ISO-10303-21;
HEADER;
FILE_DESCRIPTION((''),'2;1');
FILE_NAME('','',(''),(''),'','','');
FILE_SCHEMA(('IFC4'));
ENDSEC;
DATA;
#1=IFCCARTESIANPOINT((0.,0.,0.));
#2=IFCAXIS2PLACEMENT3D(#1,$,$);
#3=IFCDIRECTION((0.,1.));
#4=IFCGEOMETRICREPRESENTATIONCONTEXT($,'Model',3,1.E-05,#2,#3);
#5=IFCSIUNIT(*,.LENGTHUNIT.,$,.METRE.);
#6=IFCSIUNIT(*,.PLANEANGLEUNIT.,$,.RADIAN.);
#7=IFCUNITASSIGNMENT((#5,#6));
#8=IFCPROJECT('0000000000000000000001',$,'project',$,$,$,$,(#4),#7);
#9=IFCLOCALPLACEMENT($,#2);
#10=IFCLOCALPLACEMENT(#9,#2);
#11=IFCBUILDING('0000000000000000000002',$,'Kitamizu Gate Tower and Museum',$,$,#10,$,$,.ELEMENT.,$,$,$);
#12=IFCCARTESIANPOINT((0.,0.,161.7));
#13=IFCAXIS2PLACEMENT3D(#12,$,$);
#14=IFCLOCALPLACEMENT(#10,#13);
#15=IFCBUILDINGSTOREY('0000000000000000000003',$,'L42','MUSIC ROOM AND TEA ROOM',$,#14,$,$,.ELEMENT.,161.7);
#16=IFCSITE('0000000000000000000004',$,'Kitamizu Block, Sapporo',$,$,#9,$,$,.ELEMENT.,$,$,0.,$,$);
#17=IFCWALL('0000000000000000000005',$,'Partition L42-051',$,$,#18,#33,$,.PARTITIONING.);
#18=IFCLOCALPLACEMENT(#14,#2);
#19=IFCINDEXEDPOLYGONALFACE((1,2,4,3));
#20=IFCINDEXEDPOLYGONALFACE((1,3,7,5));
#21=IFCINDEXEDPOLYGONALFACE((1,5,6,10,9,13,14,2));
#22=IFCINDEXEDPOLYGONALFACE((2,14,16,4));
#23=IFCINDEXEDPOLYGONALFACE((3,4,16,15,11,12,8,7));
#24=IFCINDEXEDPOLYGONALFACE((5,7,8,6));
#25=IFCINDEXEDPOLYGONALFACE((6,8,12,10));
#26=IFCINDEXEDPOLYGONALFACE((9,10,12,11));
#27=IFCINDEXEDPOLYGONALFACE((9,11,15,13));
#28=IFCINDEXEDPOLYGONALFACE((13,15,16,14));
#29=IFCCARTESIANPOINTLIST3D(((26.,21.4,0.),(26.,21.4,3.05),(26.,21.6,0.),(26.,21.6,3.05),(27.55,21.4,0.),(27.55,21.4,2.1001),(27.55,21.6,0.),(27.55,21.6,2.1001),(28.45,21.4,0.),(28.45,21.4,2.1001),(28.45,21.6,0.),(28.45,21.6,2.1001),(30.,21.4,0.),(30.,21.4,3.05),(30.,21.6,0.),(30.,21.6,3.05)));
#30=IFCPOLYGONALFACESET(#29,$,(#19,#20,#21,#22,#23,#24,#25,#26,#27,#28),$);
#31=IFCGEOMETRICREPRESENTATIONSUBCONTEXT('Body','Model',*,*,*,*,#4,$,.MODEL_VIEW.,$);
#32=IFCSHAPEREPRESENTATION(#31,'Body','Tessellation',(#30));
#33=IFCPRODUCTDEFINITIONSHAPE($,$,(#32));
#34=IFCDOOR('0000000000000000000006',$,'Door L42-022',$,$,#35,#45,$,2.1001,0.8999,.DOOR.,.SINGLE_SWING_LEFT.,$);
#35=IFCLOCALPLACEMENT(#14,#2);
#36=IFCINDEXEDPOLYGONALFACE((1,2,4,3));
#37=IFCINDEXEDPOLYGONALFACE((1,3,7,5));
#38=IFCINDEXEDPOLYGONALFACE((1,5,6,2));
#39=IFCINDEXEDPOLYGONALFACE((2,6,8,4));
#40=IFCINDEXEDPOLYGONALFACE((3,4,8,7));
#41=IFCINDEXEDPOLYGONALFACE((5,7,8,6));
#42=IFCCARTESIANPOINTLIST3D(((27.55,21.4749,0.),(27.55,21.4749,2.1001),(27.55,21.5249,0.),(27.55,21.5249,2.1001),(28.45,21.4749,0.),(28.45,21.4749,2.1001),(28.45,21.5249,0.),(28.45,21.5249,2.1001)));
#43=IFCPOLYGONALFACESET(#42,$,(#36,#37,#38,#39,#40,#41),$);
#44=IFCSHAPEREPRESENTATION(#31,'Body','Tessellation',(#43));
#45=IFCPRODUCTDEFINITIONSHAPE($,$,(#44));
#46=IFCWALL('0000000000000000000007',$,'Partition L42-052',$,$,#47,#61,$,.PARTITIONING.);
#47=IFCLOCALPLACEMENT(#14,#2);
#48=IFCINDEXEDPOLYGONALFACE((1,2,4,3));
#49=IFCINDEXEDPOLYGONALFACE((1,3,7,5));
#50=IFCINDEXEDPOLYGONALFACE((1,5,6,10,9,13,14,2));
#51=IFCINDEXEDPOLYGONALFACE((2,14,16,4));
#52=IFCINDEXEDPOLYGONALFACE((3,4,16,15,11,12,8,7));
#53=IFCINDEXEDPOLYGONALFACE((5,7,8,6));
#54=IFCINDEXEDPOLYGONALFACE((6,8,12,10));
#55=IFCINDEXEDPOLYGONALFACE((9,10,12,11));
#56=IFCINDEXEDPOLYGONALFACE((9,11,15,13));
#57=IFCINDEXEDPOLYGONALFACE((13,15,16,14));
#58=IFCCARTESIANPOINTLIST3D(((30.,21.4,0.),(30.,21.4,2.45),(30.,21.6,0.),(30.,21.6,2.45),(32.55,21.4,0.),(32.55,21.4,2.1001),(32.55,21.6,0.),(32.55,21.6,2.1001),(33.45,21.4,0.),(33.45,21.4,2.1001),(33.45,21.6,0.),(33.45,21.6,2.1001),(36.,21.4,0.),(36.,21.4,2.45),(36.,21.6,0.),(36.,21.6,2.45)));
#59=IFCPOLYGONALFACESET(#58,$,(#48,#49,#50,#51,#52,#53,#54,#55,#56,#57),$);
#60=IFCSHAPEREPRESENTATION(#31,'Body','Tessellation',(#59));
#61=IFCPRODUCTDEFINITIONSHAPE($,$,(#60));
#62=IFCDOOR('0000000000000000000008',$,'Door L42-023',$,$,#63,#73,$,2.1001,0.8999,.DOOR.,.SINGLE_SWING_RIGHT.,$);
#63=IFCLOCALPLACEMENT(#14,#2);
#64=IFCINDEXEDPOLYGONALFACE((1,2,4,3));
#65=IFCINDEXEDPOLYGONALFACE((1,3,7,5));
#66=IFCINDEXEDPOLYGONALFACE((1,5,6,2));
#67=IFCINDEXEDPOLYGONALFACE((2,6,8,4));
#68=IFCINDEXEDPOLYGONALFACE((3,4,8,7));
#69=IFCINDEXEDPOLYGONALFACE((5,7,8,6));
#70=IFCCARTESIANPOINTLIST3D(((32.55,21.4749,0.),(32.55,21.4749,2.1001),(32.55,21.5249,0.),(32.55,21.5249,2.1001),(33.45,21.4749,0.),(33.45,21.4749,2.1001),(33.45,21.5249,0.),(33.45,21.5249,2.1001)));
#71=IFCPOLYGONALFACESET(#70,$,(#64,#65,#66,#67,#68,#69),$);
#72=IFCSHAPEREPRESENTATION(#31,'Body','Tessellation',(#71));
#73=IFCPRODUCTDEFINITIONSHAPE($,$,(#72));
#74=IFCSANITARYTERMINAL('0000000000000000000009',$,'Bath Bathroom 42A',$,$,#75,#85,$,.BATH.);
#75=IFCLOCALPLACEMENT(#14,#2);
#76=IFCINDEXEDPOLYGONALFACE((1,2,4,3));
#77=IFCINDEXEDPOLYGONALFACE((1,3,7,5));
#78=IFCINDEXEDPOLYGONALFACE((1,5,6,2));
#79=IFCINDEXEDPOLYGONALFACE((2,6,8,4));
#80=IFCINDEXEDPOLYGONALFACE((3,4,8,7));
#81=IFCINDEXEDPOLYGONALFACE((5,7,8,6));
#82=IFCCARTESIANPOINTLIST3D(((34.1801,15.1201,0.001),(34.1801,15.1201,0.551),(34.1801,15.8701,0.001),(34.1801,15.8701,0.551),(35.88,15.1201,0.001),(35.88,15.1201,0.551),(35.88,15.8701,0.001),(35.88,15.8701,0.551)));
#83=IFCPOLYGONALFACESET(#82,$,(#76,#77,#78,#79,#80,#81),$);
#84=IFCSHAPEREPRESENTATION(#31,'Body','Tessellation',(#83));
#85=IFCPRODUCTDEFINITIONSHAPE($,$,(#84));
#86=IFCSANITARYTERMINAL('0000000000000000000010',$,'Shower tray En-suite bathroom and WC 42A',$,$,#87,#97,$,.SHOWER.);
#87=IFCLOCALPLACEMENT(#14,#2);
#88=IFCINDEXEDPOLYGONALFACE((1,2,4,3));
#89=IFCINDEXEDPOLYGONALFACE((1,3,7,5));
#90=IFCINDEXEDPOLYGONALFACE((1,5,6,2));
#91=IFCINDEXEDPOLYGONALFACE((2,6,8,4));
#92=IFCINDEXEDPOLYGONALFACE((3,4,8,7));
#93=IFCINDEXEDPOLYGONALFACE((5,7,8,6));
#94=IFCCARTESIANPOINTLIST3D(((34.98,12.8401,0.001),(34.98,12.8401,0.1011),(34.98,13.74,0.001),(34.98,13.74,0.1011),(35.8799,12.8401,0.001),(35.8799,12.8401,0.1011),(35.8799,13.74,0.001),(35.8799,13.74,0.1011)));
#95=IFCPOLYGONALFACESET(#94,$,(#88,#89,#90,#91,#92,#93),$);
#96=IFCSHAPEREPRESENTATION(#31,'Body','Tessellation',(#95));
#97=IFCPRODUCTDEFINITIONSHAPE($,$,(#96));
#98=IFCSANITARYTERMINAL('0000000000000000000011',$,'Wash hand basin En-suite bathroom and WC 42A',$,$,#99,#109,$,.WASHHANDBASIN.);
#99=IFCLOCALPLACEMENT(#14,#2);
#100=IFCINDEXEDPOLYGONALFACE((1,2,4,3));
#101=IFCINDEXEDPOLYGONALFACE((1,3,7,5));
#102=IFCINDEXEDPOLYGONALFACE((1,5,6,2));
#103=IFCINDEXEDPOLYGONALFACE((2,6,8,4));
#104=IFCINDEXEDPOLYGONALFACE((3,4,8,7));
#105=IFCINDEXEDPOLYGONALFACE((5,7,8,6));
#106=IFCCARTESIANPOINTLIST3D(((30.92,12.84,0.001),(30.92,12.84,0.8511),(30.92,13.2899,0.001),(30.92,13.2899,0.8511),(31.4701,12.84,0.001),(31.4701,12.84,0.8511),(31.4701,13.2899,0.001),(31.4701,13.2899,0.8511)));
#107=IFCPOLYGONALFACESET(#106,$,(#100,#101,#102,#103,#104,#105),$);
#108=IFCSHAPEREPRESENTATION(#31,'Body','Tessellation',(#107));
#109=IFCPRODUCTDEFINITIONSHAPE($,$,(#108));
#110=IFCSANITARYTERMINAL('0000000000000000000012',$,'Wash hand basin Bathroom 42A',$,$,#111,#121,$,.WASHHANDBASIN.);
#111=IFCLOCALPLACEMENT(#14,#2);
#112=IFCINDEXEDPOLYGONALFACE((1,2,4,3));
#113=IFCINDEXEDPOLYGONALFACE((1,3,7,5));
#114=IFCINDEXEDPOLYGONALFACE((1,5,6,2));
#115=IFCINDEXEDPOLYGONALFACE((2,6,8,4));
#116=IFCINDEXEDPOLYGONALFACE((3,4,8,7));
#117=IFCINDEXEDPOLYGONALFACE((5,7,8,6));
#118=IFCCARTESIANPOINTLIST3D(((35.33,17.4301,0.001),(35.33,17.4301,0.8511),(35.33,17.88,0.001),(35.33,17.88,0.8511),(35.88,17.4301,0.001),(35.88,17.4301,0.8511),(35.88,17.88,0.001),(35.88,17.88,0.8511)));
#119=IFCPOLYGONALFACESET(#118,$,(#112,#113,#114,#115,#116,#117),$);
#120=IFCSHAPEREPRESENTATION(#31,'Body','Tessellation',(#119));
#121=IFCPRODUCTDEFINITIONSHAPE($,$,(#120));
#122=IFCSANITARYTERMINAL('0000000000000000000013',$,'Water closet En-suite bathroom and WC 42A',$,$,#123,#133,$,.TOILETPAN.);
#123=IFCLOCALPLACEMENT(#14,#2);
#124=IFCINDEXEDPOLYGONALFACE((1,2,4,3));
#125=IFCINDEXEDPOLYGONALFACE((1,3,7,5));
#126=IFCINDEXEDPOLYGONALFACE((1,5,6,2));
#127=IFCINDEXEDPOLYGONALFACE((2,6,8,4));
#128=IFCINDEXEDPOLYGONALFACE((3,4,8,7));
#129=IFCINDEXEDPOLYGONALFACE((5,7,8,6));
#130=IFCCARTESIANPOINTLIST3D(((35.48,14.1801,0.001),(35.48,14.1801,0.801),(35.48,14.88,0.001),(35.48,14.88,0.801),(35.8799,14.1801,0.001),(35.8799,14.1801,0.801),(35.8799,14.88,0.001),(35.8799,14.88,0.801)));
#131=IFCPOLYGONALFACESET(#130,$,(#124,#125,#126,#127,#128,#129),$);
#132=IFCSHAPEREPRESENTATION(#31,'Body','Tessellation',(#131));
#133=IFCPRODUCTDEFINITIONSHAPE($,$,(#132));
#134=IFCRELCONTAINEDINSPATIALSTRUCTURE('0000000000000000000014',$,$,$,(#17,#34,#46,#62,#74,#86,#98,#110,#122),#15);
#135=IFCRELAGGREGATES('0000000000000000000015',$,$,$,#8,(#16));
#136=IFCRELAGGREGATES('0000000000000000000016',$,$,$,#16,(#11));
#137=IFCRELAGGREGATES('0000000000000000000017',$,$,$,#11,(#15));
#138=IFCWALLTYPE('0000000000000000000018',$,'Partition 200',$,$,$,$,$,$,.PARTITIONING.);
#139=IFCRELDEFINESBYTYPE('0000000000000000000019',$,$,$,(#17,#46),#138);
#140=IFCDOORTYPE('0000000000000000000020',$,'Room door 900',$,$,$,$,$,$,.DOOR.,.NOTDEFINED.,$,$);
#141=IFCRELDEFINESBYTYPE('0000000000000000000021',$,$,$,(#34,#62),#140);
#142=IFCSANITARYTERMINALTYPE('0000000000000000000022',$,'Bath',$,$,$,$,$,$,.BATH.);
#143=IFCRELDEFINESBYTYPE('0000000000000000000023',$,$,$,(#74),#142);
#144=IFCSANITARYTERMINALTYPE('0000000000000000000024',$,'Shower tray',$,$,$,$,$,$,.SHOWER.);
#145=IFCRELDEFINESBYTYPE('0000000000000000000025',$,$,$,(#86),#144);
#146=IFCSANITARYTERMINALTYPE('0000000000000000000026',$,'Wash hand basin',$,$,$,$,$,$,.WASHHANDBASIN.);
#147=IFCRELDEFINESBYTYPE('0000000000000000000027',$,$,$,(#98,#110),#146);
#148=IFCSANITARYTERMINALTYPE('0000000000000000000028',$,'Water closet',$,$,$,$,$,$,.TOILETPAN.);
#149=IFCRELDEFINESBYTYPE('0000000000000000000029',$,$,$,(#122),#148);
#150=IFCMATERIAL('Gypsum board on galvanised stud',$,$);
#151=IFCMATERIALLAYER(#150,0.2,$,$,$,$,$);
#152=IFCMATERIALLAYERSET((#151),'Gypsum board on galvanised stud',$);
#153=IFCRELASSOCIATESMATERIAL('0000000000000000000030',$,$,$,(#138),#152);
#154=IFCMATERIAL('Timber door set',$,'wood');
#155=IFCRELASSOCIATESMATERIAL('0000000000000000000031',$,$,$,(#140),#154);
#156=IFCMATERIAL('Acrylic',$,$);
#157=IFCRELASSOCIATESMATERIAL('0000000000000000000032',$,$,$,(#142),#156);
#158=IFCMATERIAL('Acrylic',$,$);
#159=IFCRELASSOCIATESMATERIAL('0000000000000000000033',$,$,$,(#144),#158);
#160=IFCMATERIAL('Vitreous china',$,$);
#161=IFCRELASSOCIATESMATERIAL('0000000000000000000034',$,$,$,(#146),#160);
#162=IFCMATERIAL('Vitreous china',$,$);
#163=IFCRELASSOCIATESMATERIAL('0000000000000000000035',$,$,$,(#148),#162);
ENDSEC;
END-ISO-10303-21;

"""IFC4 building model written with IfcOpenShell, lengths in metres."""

from ifc_helpers import new_model, si_unit, direction, frame, frame_2d, origin, origin_2d, place, context, subcontext, project, spatial, rectangle, extrude, material, layer, layer_set, type_object, element, fill, save


model = new_model("IFC4")

# Units and contexts
model_context = context("Model", 3, precision=1e-05, world=origin(), true_north=direction((0.0, 1.0)))
body_context = subcontext(model_context, "Body", "Model", "MODEL_VIEW")
ifc_project = project(units=[si_unit("LENGTHUNIT", "METRE"), si_unit("PLANEANGLEUNIT", "RADIAN")], contexts=[model_context])

# Site, building, storey
site_placement = place(None, origin())
site = spatial("IfcSite", under=ifc_project, at=site_placement, Name="Kitamizu Block, Sapporo", CompositionType="ELEMENT", RefElevation=0.0)
building_placement = place(site_placement, origin())
building = spatial("IfcBuilding", under=site, at=building_placement, Name="Kitamizu Gate Tower and Museum", CompositionType="ELEMENT")
storey_placement = place(building_placement, frame((0.0, 0.0, 161.7)))
storey = spatial("IfcBuildingStorey", under=building, at=storey_placement, Name="L42", Description="MUSIC ROOM AND TEA ROOM", CompositionType="ELEMENT", Elevation=161.7)

# Shared definitions
ifc_material_1 = material(Name="Gypsum board on galvanised stud")
ifc_layer_1 = layer(ifc_material_1, 0.2)
ifc_layer_set_1 = layer_set([ifc_layer_1], Name="Gypsum board on galvanised stud")
wall_type_1 = type_object("IfcWallType", Name="Partition 200", PredefinedType="PARTITIONING", material=ifc_layer_set_1)

# Walls, openings, doors
wall_1_placement = place(storey_placement, frame((26.0, 21.5, 0.0), z_axis=(0.0, 0.0, 1.0), x_axis=(1.0, 0.0, 0.0)))
wall_1 = element("IfcWall", 1, at=wall_1_placement, inside=storey, type_object=wall_type_1, Name="Partition L42-051", PredefinedType="PARTITIONING", context=body_context, shape_type="SweptSolid", body=[
    extrude(rectangle(XDim=4.0, YDim=0.2, at=frame_2d((2.0, 0.0))), origin(), (0.0, 0.0, 1.0), 3.05),
])
opening_1_placement = place(wall_1_placement, frame((1.55, 0.0, 0.0)))
opening_1 = element("IfcOpeningElement", 2, at=opening_1_placement, cuts=wall_1, PredefinedType="OPENING", context=body_context, shape_type="SweptSolid", body=[
    extrude(rectangle(XDim=0.8999, YDim=2.1001, at=frame_2d((0.45, 1.05))), frame((0.0, 0.1099, 0.0), z_axis=(0.0, -1.0, 0.0), x_axis=(1.0, 0.0, 0.0)), (0.0, 0.0, 1.0), 0.22),
])
ifc_material_2 = material(Name="Timber door set", Category="wood")
door_type_1 = type_object("IfcDoorType", Name="Room door 900", OperationType="NOTDEFINED", PredefinedType="DOOR", material=ifc_material_2)
door_1_placement = place(opening_1_placement, origin())
door_1 = element("IfcDoor", 3, at=door_1_placement, inside=storey, type_object=door_type_1, Name="Door L42-022", OperationType="SINGLE_SWING_LEFT", OverallHeight=2.1001, OverallWidth=0.8999, PredefinedType="DOOR", context=body_context, shape_type="SweptSolid", body=[
    extrude(rectangle(XDim=0.8999, YDim=2.1001, at=frame_2d((0.45, 1.05))), frame((0.0, 0.0249, 0.0), z_axis=(0.0, -1.0, 0.0), x_axis=(1.0, 0.0, 0.0)), (0.0, 0.0, 1.0), 0.05),
])
fill(opening_1, door_1)
wall_2_placement = place(storey_placement, frame((30.0, 21.5, 0.0), z_axis=(0.0, 0.0, 1.0), x_axis=(1.0, 0.0, 0.0)))
wall_2 = element("IfcWall", 4, at=wall_2_placement, inside=storey, type_object=wall_type_1, Name="Partition L42-052", PredefinedType="PARTITIONING", context=body_context, shape_type="SweptSolid", body=[
    extrude(rectangle(XDim=6.0, YDim=0.2, at=frame_2d((3.0, 0.0))), origin(), (0.0, 0.0, 1.0), 2.45),
])
opening_2_placement = place(wall_2_placement, frame((2.55, 0.0, 0.0)))
opening_2 = element("IfcOpeningElement", 5, at=opening_2_placement, cuts=wall_2, PredefinedType="OPENING", context=body_context, shape_type="SweptSolid", body=[
    extrude(rectangle(XDim=0.8999, YDim=2.1001, at=frame_2d((0.45, 1.05))), frame((0.0, 0.1099, 0.0), z_axis=(0.0, -1.0, 0.0), x_axis=(1.0, 0.0, 0.0)), (0.0, 0.0, 1.0), 0.22),
])
door_2_placement = place(opening_2_placement, origin())
door_2 = element("IfcDoor", 6, at=door_2_placement, inside=storey, type_object=door_type_1, Name="Door L42-023", OperationType="SINGLE_SWING_RIGHT", OverallHeight=2.1001, OverallWidth=0.8999, PredefinedType="DOOR", context=body_context, shape_type="SweptSolid", body=[
    extrude(rectangle(XDim=0.8999, YDim=2.1001, at=frame_2d((0.45, 1.05))), frame((0.0, 0.0249, 0.0), z_axis=(0.0, -1.0, 0.0), x_axis=(1.0, 0.0, 0.0)), (0.0, 0.0, 1.0), 0.05),
])
fill(opening_2, door_2)

# Sanitary terminals
ifc_material_3 = material(Name="Acrylic")
sanitary_terminal_type_1 = type_object("IfcSanitaryTerminalType", Name="Bath", PredefinedType="BATH", material=ifc_material_3)
sanitary_terminal_1_placement = place(storey_placement, frame((35.03, 15.4951, 0.001), z_axis=(0.0, 0.0, 1.0), x_axis=(1.0, 0.0, 0.0)))
element("IfcSanitaryTerminal", 7, at=sanitary_terminal_1_placement, inside=storey, type_object=sanitary_terminal_type_1, Name="Bath Bathroom 42A", PredefinedType="BATH", context=body_context, shape_type="SweptSolid", body=[
    extrude(rectangle(XDim=1.7, YDim=0.75, at=origin_2d()), origin(), (0.0, 0.0, 1.0), 0.55),
])
ifc_material_4 = material(Name="Acrylic")
sanitary_terminal_type_2 = type_object("IfcSanitaryTerminalType", Name="Shower tray", PredefinedType="SHOWER", material=ifc_material_4)
sanitary_terminal_2_placement = place(storey_placement, frame((35.4299, 13.29, 0.001), z_axis=(0.0, 0.0, 1.0), x_axis=(1.0, 0.0, 0.0)))
element("IfcSanitaryTerminal", 8, at=sanitary_terminal_2_placement, inside=storey, type_object=sanitary_terminal_type_2, Name="Shower tray En-suite bathroom and WC 42A", PredefinedType="SHOWER", context=body_context, shape_type="SweptSolid", body=[
    extrude(rectangle(XDim=0.8999, YDim=0.8999, at=origin_2d()), origin(), (0.0, 0.0, 1.0), 0.1001),
])
ifc_material_5 = material(Name="Vitreous china")
sanitary_terminal_type_3 = type_object("IfcSanitaryTerminalType", Name="Wash hand basin", PredefinedType="WASHHANDBASIN", material=ifc_material_5)
for number, where, z_axis, x_axis, name in (
    (9, (31.1951, 13.0649, 0.001), (0.0, 0.0, 1.0), (1.0, 0.0, 0.0), "Wash hand basin En-suite bathroom and WC 42A"),
    (10, (35.605, 17.655, 0.001), (0.0, 0.0, 1.0), (1.0, 0.0, 0.0), "Wash hand basin Bathroom 42A"),
):
    element("IfcSanitaryTerminal", number, at=place(storey_placement, frame(where, z_axis=z_axis, x_axis=x_axis)), inside=storey, type_object=sanitary_terminal_type_3, Name=name, PredefinedType="WASHHANDBASIN", context=body_context, shape_type="SweptSolid", body=[
        extrude(rectangle(XDim=0.55, YDim=0.45, at=origin_2d()), origin(), (0.0, 0.0, 1.0), 0.8501),
    ])
ifc_material_6 = material(Name="Vitreous china")
sanitary_terminal_type_4 = type_object("IfcSanitaryTerminalType", Name="Water closet", PredefinedType="TOILETPAN", material=ifc_material_6)
sanitary_terminal_3_placement = place(storey_placement, frame((35.6799, 14.53, 0.001), z_axis=(0.0, 0.0, 1.0), x_axis=(1.0, 0.0, 0.0)))
element("IfcSanitaryTerminal", 11, at=sanitary_terminal_3_placement, inside=storey, type_object=sanitary_terminal_type_4, Name="Water closet En-suite bathroom and WC 42A", PredefinedType="TOILETPAN", context=body_context, shape_type="SweptSolid", body=[
    extrude(rectangle(XDim=0.3999, YDim=0.7, at=origin_2d()), origin(), (0.0, 0.0, 1.0), 0.8),
])

save(model, "model.ifc")
